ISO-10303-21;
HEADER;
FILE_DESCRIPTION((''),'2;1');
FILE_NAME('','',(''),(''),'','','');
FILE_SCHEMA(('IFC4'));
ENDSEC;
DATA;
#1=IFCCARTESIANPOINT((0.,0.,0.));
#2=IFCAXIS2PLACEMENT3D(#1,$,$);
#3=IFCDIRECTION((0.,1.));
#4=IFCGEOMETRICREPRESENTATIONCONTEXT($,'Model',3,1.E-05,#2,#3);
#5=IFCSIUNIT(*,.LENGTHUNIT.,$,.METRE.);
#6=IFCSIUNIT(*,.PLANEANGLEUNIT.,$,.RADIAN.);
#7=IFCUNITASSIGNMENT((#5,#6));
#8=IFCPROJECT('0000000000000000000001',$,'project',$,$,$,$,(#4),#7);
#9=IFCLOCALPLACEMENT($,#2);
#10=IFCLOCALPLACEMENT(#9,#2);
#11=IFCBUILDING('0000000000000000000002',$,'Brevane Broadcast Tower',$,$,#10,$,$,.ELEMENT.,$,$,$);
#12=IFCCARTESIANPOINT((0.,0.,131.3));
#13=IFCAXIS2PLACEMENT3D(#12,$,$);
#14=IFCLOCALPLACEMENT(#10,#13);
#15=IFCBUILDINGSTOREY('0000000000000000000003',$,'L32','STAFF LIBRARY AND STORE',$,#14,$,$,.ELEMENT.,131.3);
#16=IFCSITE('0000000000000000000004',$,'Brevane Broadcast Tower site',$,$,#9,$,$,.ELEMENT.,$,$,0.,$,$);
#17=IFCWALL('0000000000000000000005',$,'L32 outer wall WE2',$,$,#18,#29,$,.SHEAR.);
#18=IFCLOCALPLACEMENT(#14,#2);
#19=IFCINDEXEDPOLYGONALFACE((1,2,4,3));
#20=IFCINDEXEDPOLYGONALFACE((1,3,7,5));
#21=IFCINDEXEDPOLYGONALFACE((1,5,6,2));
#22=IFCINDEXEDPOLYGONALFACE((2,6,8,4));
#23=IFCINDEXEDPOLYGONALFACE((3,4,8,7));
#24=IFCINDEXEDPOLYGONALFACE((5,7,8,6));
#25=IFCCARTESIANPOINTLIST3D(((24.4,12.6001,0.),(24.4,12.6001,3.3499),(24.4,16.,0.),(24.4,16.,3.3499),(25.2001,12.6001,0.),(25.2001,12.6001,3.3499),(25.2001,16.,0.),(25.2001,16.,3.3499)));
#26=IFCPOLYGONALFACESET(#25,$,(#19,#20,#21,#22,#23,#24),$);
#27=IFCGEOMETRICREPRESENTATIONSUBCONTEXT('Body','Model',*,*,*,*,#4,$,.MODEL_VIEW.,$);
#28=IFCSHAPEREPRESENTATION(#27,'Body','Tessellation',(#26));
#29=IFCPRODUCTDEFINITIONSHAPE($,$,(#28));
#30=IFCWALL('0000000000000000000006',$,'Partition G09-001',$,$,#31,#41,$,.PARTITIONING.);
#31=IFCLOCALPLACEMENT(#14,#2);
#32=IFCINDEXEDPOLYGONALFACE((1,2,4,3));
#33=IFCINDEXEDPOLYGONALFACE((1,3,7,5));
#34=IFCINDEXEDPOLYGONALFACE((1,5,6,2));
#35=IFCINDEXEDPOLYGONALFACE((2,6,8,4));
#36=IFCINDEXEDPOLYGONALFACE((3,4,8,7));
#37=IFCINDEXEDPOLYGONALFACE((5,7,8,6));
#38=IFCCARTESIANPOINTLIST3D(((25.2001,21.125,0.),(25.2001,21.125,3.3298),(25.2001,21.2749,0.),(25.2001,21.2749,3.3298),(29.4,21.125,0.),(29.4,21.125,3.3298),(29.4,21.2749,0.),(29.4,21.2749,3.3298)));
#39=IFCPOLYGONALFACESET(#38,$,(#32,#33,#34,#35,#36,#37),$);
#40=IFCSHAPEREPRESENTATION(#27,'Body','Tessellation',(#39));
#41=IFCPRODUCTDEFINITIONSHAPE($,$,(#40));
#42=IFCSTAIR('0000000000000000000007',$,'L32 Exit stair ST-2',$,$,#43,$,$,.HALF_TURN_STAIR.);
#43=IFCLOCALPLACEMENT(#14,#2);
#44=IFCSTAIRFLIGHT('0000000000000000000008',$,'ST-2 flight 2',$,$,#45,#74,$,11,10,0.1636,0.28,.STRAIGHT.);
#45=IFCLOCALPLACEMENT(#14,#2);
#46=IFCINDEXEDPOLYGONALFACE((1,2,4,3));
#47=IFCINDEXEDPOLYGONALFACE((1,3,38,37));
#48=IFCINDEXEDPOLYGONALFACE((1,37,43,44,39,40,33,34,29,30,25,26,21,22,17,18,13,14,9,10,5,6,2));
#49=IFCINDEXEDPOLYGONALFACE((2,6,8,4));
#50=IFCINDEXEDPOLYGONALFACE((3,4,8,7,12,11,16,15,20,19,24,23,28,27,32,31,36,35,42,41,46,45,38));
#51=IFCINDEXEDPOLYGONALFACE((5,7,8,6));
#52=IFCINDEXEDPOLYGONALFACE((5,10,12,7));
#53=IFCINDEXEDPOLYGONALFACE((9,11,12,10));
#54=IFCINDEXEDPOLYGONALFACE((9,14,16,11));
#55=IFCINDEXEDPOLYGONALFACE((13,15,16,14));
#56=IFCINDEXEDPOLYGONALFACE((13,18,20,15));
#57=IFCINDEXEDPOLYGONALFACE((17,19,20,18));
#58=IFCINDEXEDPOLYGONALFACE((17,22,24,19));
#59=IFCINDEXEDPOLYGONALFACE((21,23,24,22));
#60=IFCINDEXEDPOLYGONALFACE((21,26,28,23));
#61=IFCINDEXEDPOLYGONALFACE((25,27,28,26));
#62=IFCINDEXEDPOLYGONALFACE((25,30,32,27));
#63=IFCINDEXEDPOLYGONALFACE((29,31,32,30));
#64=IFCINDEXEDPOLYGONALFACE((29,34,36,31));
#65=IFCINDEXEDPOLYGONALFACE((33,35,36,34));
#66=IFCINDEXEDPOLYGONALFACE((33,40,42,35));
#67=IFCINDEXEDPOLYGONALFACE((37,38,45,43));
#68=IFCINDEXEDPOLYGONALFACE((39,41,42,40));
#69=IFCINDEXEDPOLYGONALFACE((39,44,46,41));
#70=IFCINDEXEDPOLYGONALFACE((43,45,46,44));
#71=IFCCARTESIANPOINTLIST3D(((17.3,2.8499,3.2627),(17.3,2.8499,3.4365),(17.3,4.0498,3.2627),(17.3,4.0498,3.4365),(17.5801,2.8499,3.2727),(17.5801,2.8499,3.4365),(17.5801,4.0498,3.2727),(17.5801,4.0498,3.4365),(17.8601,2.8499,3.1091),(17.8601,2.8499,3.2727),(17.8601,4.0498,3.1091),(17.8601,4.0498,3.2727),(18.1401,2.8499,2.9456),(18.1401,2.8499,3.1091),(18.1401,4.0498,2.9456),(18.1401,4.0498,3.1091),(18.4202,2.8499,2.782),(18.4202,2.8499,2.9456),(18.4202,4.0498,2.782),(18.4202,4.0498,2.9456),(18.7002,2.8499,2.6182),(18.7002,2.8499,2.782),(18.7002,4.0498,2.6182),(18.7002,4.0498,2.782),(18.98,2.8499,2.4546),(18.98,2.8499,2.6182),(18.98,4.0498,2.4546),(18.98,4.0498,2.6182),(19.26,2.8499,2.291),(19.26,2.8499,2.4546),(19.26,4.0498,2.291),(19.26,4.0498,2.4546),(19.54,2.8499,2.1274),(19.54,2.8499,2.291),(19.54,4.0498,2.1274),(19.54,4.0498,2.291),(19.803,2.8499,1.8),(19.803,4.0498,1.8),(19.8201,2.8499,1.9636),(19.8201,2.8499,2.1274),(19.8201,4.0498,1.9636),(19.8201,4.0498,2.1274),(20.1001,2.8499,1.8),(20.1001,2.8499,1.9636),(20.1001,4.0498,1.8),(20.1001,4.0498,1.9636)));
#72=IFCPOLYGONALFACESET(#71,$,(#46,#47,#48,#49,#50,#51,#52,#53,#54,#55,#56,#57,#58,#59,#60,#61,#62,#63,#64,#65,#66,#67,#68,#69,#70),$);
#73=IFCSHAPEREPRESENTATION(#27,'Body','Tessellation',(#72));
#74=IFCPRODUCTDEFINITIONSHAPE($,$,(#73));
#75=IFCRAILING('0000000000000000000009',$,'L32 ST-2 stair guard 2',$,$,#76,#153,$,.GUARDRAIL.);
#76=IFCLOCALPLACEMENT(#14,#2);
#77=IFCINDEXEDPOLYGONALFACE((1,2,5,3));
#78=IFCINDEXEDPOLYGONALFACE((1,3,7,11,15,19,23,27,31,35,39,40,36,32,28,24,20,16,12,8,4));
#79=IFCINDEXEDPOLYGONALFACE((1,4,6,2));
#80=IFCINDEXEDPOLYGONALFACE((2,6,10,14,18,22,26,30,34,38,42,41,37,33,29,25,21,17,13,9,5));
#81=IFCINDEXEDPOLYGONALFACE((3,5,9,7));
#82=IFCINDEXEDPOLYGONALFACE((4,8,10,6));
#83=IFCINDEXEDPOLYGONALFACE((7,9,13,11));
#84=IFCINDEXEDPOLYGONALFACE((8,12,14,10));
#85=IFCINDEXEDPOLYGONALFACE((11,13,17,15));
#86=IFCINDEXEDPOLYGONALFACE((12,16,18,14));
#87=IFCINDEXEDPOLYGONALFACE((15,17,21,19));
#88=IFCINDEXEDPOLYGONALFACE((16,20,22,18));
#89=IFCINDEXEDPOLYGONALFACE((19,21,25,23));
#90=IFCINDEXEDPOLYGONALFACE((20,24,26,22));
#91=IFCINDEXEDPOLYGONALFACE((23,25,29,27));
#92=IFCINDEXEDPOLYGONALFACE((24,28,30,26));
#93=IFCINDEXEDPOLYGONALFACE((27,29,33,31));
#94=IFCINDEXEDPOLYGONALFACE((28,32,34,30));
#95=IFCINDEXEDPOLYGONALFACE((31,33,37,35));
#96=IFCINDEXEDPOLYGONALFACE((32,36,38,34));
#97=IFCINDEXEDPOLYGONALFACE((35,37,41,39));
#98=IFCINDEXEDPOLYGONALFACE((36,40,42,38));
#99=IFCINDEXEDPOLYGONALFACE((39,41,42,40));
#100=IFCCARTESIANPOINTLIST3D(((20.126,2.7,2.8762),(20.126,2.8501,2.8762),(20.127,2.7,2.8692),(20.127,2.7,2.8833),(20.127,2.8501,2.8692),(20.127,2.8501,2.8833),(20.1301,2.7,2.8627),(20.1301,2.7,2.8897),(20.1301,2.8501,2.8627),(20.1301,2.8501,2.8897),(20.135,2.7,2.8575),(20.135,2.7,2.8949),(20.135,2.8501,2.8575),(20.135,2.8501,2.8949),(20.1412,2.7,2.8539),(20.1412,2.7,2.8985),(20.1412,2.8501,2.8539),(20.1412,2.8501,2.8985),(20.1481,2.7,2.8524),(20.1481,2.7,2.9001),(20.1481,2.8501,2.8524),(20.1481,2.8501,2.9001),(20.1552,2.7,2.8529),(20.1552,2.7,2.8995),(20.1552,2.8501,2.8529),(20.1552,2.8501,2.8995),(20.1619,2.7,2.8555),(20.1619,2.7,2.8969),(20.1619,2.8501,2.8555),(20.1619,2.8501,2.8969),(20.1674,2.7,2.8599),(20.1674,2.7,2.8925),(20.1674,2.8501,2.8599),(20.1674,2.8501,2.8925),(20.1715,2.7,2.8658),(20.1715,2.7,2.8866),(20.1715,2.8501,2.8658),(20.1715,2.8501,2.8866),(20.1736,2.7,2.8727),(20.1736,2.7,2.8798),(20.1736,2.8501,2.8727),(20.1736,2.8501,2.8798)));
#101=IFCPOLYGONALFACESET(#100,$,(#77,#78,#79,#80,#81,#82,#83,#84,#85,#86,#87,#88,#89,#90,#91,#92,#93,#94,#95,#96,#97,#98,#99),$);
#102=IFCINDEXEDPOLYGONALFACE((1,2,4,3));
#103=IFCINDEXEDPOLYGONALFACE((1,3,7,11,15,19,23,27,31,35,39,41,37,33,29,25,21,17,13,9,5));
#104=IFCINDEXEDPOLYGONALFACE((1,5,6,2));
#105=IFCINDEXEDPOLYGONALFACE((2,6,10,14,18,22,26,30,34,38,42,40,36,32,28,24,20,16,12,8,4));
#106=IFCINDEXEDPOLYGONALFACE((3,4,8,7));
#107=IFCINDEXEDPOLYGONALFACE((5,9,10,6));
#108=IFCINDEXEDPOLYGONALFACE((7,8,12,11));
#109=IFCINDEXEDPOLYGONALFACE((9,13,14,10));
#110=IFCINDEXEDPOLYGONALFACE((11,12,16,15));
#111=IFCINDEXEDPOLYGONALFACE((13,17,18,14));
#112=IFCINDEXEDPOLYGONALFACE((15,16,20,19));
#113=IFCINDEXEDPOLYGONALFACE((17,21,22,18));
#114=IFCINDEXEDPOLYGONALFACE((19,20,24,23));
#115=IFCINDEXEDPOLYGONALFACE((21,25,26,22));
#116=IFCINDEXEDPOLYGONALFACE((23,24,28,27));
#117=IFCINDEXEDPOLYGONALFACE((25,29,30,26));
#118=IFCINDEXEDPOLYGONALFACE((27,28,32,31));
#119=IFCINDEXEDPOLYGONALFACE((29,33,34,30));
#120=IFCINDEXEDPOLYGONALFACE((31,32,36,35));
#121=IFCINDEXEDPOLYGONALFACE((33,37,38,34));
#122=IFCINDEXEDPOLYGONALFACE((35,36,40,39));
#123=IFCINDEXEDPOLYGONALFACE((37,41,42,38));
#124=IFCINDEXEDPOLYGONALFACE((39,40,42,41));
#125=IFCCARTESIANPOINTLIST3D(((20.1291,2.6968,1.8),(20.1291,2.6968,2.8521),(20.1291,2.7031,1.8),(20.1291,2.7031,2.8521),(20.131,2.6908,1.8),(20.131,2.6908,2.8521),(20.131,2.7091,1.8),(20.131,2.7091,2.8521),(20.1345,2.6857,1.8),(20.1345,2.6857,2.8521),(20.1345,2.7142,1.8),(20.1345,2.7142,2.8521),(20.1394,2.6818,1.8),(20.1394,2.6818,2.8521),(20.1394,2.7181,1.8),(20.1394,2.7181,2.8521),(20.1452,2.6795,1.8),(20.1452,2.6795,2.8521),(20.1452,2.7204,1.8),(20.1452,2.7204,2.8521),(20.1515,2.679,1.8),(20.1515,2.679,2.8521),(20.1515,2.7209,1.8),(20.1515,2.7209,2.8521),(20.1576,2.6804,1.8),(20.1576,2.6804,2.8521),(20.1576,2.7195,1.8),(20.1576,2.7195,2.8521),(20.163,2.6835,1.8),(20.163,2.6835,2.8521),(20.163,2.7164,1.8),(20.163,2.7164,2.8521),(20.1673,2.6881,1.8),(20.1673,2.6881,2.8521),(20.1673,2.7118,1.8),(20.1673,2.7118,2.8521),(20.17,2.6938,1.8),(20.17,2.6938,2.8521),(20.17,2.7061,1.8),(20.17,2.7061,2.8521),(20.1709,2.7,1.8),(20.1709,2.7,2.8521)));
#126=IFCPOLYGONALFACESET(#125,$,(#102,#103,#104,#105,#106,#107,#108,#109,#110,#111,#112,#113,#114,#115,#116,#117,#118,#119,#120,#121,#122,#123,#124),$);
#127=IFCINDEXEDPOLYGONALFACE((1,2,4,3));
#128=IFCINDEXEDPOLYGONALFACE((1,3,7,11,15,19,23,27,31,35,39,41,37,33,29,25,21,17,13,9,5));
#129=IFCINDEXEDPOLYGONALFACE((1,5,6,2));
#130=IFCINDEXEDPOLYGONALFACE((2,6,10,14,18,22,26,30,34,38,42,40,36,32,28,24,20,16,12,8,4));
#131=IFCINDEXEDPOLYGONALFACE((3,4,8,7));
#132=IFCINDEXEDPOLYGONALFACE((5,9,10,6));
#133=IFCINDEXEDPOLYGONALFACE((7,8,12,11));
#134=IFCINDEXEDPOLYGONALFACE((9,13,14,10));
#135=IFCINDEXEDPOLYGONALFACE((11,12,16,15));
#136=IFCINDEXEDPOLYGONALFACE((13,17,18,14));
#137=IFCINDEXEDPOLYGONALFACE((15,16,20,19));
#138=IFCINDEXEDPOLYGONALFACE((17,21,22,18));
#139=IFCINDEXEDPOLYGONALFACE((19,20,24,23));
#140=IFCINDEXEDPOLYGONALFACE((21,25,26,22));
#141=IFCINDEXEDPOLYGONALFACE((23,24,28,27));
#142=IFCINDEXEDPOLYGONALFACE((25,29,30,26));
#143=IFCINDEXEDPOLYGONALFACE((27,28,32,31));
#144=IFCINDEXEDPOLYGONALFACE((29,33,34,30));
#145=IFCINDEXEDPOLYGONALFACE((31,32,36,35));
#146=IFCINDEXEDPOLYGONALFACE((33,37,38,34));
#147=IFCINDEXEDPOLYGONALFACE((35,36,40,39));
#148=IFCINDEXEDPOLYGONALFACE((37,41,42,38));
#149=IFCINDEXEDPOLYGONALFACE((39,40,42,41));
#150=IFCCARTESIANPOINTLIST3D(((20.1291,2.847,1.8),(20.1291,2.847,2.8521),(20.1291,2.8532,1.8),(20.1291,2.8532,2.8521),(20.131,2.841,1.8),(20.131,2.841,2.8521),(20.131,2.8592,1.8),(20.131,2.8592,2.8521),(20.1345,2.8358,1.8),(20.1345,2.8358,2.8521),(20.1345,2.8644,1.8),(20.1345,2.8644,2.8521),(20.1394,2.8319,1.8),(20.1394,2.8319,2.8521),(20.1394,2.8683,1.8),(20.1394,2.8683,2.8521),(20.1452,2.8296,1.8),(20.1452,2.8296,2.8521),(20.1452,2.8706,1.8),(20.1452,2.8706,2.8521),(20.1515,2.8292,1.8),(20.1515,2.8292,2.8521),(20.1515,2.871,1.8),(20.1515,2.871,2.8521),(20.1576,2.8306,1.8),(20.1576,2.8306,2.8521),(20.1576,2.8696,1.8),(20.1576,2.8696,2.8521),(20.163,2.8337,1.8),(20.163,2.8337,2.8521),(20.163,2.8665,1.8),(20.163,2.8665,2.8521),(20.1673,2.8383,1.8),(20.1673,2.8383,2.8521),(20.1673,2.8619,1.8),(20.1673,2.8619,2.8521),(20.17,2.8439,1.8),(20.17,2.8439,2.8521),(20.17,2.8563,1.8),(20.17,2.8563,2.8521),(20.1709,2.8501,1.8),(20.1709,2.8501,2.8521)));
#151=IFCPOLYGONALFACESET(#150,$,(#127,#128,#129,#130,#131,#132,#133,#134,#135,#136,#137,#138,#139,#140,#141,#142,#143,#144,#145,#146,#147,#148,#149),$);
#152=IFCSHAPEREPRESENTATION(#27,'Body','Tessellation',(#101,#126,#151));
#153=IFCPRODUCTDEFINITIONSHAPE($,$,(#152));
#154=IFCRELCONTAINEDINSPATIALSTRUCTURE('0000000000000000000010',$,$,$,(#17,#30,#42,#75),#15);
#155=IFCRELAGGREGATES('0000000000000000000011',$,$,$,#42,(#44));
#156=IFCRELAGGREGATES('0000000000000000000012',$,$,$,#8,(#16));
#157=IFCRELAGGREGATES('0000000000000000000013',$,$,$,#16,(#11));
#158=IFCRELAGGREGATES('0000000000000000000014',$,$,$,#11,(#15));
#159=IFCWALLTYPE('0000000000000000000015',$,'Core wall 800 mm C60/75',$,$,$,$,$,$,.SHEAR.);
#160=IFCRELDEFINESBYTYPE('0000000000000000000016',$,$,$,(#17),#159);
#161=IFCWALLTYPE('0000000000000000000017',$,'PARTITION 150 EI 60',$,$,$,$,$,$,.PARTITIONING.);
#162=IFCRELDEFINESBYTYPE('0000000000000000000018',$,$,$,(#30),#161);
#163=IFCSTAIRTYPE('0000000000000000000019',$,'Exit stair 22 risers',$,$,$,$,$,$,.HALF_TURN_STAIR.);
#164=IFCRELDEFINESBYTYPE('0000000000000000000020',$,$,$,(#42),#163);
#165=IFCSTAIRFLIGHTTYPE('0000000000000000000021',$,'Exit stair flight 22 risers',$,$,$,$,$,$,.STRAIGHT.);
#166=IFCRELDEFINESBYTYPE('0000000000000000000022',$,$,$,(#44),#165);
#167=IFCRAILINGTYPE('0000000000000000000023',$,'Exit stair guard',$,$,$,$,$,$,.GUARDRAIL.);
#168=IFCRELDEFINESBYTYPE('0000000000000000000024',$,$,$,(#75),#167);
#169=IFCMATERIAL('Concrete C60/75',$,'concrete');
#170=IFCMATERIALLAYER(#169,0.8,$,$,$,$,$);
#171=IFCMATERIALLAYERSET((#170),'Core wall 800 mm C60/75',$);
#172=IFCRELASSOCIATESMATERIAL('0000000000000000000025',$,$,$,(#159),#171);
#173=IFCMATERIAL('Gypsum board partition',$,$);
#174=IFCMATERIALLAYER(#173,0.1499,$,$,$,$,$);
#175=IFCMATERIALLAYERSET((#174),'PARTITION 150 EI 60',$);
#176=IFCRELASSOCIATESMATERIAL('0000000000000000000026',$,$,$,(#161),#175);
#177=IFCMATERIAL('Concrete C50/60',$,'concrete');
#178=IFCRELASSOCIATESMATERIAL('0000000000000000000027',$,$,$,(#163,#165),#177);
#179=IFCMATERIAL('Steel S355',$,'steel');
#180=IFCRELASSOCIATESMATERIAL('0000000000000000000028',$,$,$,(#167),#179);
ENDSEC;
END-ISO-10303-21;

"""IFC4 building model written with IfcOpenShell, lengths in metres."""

from ifc_helpers import new_model, si_unit, direction, frame, frame_2d, origin, origin_2d, place, context, subcontext, project, spatial, polyline, rectangle, circle, outline, extrude, material, layer, layer_set, type_object, element, aggregate, save


model = new_model("IFC4")

# Units and contexts
model_context = context("Model", 3, precision=1e-05, world=origin(), true_north=direction((0.0, 1.0)))
body_context = subcontext(model_context, "Body", "Model", "MODEL_VIEW")
ifc_project = project(units=[si_unit("LENGTHUNIT", "METRE"), si_unit("PLANEANGLEUNIT", "RADIAN")], contexts=[model_context])

# Site, building, storey
site_placement = place(None, origin())
site = spatial("IfcSite", under=ifc_project, at=site_placement, Name="Brevane Broadcast Tower site", CompositionType="ELEMENT", RefElevation=0.0)
building_placement = place(site_placement, origin())
building = spatial("IfcBuilding", under=site, at=building_placement, Name="Brevane Broadcast Tower", CompositionType="ELEMENT")
storey_placement = place(building_placement, frame((0.0, 0.0, 131.3)))
storey = spatial("IfcBuildingStorey", under=building, at=storey_placement, Name="L32", Description="STAFF LIBRARY AND STORE", CompositionType="ELEMENT", Elevation=131.3)

# Walls
ifc_material_1 = material(Name="Concrete C60/75", Category="concrete")
ifc_layer_1 = layer(ifc_material_1, 0.8)
ifc_layer_set_1 = layer_set([ifc_layer_1], Name="Core wall 800 mm C60/75")
wall_type_1 = type_object("IfcWallType", Name="Core wall 800 mm C60/75", PredefinedType="SHEAR", material=ifc_layer_set_1)
wall_1_placement = place(storey_placement, frame((24.8, 12.6001, 0.0), z_axis=(0.0, 0.0, 1.0), x_axis=(0.0, 1.0, 0.0)))
element("IfcWall", 1, at=wall_1_placement, inside=storey, type_object=wall_type_1, Name="L32 outer wall WE2", PredefinedType="SHEAR", context=body_context, shape_type="SweptSolid", body=[
    extrude(rectangle(XDim=3.3999, YDim=0.8, at=frame_2d((1.7, 0.0))), origin(), (0.0, 0.0, 1.0), 3.3499),
])
ifc_material_2 = material(Name="Gypsum board partition")
ifc_layer_2 = layer(ifc_material_2, 0.1499)
ifc_layer_set_2 = layer_set([ifc_layer_2], Name="PARTITION 150 EI 60")
wall_type_2 = type_object("IfcWallType", Name="PARTITION 150 EI 60", PredefinedType="PARTITIONING", material=ifc_layer_set_2)
wall_2_placement = place(storey_placement, frame((25.2, 21.2, 0.0), z_axis=(0.0, 0.0, 1.0), x_axis=(1.0, 0.0, 0.0)))
element("IfcWall", 2, at=wall_2_placement, inside=storey, type_object=wall_type_2, Name="Partition G09-001", PredefinedType="PARTITIONING", context=body_context, shape_type="SweptSolid", body=[
    extrude(rectangle(XDim=4.2, YDim=0.1499, at=frame_2d((2.1001, 0.0))), origin(), (0.0, 0.0, 1.0), 3.3298),
])

# Stair, stair flight
ifc_material_3 = material(Name="Concrete C50/60", Category="concrete")
stair_type = type_object("IfcStairType", Name="Exit stair 22 risers", PredefinedType="HALF_TURN_STAIR", material=ifc_material_3)
stair_placement = place(storey_placement, origin())
stair = element("IfcStair", 3, at=stair_placement, inside=storey, type_object=stair_type, Name="L32 Exit stair ST-2", PredefinedType="HALF_TURN_STAIR")
stair_flight_type = type_object("IfcStairFlightType", Name="Exit stair flight 22 risers", PredefinedType="STRAIGHT", material=ifc_material_3)
stair_flight_placement = place(storey_placement, frame((20.1001, 3.45, 1.8), z_axis=(0.0, 0.0, 1.0), x_axis=(-1.0, 0.0, 0.0)))
stair_flight = element("IfcStairFlight", 4, at=stair_flight_placement, type_object=stair_flight_type, Name="ST-2 flight 2", NumberOfRisers=11, NumberOfTreads=10, PredefinedType="STRAIGHT", RiserHeight=0.1636, TreadLength=0.28, context=body_context, shape_type="SweptSolid", body=[
    extrude(outline(polyline([(0.0, 0.0), (0.0, 0.1636), (0.28, 0.1636), (0.28, 0.3274), (0.5601, 0.3274), (0.5601, 0.491), (0.8401, 0.491), (0.8401, 0.6545), (1.1201, 0.6545), (1.1201, 0.8181), (1.3999, 0.8181), (1.3999, 0.9819), (1.6799, 0.9819), (1.6799, 1.1455), (1.96, 1.1455), (1.96, 1.3091), (2.24, 1.3091), (2.24, 1.4727), (2.52, 1.4727), (2.52, 1.6365), (2.8, 1.6365), (2.8, 1.8), (2.8, 1.4626), (0.2971, 0.0), (0.0, 0.0)])), frame((0.0, 0.6001, 0.0), z_axis=(0.0, -1.0, 0.0), x_axis=(1.0, 0.0, 0.0)), (0.0, 0.0, 1.0), 1.2),
])
aggregate(stair, [stair_flight])

# Railing
ifc_material_4 = material(Name="Steel S355", Category="steel")
railing_type_1 = type_object("IfcRailingType", Name="Exit stair guard", PredefinedType="GUARDRAIL", material=ifc_material_4)
railing_1_placement = place(storey_placement, frame((20.1499, 2.7, 1.8)))
element("IfcRailing", 5, at=railing_1_placement, inside=storey, type_object=railing_type_1, Name="L32 ST-2 stair guard 2", PredefinedType="GUARDRAIL", context=body_context, shape_type="SweptSolid", body=[
    extrude(circle(Radius=0.0239, at=origin_2d()), frame((0.0, 0.0, 1.0762), z_axis=(0.0, 1.0, 0.0), x_axis=(-1.0, 0.0, 0.0)), (0.0, 0.0, 1.0), 0.1501),
    extrude(circle(Radius=0.021, at=origin_2d()), origin(), (0.0, 0.0, 1.0), 1.052),
    extrude(circle(Radius=0.021, at=origin_2d()), frame((0.0, 0.1501, 0.0)), (0.0, 0.0, 1.0), 1.052),
])

save(model, "model.ifc")
